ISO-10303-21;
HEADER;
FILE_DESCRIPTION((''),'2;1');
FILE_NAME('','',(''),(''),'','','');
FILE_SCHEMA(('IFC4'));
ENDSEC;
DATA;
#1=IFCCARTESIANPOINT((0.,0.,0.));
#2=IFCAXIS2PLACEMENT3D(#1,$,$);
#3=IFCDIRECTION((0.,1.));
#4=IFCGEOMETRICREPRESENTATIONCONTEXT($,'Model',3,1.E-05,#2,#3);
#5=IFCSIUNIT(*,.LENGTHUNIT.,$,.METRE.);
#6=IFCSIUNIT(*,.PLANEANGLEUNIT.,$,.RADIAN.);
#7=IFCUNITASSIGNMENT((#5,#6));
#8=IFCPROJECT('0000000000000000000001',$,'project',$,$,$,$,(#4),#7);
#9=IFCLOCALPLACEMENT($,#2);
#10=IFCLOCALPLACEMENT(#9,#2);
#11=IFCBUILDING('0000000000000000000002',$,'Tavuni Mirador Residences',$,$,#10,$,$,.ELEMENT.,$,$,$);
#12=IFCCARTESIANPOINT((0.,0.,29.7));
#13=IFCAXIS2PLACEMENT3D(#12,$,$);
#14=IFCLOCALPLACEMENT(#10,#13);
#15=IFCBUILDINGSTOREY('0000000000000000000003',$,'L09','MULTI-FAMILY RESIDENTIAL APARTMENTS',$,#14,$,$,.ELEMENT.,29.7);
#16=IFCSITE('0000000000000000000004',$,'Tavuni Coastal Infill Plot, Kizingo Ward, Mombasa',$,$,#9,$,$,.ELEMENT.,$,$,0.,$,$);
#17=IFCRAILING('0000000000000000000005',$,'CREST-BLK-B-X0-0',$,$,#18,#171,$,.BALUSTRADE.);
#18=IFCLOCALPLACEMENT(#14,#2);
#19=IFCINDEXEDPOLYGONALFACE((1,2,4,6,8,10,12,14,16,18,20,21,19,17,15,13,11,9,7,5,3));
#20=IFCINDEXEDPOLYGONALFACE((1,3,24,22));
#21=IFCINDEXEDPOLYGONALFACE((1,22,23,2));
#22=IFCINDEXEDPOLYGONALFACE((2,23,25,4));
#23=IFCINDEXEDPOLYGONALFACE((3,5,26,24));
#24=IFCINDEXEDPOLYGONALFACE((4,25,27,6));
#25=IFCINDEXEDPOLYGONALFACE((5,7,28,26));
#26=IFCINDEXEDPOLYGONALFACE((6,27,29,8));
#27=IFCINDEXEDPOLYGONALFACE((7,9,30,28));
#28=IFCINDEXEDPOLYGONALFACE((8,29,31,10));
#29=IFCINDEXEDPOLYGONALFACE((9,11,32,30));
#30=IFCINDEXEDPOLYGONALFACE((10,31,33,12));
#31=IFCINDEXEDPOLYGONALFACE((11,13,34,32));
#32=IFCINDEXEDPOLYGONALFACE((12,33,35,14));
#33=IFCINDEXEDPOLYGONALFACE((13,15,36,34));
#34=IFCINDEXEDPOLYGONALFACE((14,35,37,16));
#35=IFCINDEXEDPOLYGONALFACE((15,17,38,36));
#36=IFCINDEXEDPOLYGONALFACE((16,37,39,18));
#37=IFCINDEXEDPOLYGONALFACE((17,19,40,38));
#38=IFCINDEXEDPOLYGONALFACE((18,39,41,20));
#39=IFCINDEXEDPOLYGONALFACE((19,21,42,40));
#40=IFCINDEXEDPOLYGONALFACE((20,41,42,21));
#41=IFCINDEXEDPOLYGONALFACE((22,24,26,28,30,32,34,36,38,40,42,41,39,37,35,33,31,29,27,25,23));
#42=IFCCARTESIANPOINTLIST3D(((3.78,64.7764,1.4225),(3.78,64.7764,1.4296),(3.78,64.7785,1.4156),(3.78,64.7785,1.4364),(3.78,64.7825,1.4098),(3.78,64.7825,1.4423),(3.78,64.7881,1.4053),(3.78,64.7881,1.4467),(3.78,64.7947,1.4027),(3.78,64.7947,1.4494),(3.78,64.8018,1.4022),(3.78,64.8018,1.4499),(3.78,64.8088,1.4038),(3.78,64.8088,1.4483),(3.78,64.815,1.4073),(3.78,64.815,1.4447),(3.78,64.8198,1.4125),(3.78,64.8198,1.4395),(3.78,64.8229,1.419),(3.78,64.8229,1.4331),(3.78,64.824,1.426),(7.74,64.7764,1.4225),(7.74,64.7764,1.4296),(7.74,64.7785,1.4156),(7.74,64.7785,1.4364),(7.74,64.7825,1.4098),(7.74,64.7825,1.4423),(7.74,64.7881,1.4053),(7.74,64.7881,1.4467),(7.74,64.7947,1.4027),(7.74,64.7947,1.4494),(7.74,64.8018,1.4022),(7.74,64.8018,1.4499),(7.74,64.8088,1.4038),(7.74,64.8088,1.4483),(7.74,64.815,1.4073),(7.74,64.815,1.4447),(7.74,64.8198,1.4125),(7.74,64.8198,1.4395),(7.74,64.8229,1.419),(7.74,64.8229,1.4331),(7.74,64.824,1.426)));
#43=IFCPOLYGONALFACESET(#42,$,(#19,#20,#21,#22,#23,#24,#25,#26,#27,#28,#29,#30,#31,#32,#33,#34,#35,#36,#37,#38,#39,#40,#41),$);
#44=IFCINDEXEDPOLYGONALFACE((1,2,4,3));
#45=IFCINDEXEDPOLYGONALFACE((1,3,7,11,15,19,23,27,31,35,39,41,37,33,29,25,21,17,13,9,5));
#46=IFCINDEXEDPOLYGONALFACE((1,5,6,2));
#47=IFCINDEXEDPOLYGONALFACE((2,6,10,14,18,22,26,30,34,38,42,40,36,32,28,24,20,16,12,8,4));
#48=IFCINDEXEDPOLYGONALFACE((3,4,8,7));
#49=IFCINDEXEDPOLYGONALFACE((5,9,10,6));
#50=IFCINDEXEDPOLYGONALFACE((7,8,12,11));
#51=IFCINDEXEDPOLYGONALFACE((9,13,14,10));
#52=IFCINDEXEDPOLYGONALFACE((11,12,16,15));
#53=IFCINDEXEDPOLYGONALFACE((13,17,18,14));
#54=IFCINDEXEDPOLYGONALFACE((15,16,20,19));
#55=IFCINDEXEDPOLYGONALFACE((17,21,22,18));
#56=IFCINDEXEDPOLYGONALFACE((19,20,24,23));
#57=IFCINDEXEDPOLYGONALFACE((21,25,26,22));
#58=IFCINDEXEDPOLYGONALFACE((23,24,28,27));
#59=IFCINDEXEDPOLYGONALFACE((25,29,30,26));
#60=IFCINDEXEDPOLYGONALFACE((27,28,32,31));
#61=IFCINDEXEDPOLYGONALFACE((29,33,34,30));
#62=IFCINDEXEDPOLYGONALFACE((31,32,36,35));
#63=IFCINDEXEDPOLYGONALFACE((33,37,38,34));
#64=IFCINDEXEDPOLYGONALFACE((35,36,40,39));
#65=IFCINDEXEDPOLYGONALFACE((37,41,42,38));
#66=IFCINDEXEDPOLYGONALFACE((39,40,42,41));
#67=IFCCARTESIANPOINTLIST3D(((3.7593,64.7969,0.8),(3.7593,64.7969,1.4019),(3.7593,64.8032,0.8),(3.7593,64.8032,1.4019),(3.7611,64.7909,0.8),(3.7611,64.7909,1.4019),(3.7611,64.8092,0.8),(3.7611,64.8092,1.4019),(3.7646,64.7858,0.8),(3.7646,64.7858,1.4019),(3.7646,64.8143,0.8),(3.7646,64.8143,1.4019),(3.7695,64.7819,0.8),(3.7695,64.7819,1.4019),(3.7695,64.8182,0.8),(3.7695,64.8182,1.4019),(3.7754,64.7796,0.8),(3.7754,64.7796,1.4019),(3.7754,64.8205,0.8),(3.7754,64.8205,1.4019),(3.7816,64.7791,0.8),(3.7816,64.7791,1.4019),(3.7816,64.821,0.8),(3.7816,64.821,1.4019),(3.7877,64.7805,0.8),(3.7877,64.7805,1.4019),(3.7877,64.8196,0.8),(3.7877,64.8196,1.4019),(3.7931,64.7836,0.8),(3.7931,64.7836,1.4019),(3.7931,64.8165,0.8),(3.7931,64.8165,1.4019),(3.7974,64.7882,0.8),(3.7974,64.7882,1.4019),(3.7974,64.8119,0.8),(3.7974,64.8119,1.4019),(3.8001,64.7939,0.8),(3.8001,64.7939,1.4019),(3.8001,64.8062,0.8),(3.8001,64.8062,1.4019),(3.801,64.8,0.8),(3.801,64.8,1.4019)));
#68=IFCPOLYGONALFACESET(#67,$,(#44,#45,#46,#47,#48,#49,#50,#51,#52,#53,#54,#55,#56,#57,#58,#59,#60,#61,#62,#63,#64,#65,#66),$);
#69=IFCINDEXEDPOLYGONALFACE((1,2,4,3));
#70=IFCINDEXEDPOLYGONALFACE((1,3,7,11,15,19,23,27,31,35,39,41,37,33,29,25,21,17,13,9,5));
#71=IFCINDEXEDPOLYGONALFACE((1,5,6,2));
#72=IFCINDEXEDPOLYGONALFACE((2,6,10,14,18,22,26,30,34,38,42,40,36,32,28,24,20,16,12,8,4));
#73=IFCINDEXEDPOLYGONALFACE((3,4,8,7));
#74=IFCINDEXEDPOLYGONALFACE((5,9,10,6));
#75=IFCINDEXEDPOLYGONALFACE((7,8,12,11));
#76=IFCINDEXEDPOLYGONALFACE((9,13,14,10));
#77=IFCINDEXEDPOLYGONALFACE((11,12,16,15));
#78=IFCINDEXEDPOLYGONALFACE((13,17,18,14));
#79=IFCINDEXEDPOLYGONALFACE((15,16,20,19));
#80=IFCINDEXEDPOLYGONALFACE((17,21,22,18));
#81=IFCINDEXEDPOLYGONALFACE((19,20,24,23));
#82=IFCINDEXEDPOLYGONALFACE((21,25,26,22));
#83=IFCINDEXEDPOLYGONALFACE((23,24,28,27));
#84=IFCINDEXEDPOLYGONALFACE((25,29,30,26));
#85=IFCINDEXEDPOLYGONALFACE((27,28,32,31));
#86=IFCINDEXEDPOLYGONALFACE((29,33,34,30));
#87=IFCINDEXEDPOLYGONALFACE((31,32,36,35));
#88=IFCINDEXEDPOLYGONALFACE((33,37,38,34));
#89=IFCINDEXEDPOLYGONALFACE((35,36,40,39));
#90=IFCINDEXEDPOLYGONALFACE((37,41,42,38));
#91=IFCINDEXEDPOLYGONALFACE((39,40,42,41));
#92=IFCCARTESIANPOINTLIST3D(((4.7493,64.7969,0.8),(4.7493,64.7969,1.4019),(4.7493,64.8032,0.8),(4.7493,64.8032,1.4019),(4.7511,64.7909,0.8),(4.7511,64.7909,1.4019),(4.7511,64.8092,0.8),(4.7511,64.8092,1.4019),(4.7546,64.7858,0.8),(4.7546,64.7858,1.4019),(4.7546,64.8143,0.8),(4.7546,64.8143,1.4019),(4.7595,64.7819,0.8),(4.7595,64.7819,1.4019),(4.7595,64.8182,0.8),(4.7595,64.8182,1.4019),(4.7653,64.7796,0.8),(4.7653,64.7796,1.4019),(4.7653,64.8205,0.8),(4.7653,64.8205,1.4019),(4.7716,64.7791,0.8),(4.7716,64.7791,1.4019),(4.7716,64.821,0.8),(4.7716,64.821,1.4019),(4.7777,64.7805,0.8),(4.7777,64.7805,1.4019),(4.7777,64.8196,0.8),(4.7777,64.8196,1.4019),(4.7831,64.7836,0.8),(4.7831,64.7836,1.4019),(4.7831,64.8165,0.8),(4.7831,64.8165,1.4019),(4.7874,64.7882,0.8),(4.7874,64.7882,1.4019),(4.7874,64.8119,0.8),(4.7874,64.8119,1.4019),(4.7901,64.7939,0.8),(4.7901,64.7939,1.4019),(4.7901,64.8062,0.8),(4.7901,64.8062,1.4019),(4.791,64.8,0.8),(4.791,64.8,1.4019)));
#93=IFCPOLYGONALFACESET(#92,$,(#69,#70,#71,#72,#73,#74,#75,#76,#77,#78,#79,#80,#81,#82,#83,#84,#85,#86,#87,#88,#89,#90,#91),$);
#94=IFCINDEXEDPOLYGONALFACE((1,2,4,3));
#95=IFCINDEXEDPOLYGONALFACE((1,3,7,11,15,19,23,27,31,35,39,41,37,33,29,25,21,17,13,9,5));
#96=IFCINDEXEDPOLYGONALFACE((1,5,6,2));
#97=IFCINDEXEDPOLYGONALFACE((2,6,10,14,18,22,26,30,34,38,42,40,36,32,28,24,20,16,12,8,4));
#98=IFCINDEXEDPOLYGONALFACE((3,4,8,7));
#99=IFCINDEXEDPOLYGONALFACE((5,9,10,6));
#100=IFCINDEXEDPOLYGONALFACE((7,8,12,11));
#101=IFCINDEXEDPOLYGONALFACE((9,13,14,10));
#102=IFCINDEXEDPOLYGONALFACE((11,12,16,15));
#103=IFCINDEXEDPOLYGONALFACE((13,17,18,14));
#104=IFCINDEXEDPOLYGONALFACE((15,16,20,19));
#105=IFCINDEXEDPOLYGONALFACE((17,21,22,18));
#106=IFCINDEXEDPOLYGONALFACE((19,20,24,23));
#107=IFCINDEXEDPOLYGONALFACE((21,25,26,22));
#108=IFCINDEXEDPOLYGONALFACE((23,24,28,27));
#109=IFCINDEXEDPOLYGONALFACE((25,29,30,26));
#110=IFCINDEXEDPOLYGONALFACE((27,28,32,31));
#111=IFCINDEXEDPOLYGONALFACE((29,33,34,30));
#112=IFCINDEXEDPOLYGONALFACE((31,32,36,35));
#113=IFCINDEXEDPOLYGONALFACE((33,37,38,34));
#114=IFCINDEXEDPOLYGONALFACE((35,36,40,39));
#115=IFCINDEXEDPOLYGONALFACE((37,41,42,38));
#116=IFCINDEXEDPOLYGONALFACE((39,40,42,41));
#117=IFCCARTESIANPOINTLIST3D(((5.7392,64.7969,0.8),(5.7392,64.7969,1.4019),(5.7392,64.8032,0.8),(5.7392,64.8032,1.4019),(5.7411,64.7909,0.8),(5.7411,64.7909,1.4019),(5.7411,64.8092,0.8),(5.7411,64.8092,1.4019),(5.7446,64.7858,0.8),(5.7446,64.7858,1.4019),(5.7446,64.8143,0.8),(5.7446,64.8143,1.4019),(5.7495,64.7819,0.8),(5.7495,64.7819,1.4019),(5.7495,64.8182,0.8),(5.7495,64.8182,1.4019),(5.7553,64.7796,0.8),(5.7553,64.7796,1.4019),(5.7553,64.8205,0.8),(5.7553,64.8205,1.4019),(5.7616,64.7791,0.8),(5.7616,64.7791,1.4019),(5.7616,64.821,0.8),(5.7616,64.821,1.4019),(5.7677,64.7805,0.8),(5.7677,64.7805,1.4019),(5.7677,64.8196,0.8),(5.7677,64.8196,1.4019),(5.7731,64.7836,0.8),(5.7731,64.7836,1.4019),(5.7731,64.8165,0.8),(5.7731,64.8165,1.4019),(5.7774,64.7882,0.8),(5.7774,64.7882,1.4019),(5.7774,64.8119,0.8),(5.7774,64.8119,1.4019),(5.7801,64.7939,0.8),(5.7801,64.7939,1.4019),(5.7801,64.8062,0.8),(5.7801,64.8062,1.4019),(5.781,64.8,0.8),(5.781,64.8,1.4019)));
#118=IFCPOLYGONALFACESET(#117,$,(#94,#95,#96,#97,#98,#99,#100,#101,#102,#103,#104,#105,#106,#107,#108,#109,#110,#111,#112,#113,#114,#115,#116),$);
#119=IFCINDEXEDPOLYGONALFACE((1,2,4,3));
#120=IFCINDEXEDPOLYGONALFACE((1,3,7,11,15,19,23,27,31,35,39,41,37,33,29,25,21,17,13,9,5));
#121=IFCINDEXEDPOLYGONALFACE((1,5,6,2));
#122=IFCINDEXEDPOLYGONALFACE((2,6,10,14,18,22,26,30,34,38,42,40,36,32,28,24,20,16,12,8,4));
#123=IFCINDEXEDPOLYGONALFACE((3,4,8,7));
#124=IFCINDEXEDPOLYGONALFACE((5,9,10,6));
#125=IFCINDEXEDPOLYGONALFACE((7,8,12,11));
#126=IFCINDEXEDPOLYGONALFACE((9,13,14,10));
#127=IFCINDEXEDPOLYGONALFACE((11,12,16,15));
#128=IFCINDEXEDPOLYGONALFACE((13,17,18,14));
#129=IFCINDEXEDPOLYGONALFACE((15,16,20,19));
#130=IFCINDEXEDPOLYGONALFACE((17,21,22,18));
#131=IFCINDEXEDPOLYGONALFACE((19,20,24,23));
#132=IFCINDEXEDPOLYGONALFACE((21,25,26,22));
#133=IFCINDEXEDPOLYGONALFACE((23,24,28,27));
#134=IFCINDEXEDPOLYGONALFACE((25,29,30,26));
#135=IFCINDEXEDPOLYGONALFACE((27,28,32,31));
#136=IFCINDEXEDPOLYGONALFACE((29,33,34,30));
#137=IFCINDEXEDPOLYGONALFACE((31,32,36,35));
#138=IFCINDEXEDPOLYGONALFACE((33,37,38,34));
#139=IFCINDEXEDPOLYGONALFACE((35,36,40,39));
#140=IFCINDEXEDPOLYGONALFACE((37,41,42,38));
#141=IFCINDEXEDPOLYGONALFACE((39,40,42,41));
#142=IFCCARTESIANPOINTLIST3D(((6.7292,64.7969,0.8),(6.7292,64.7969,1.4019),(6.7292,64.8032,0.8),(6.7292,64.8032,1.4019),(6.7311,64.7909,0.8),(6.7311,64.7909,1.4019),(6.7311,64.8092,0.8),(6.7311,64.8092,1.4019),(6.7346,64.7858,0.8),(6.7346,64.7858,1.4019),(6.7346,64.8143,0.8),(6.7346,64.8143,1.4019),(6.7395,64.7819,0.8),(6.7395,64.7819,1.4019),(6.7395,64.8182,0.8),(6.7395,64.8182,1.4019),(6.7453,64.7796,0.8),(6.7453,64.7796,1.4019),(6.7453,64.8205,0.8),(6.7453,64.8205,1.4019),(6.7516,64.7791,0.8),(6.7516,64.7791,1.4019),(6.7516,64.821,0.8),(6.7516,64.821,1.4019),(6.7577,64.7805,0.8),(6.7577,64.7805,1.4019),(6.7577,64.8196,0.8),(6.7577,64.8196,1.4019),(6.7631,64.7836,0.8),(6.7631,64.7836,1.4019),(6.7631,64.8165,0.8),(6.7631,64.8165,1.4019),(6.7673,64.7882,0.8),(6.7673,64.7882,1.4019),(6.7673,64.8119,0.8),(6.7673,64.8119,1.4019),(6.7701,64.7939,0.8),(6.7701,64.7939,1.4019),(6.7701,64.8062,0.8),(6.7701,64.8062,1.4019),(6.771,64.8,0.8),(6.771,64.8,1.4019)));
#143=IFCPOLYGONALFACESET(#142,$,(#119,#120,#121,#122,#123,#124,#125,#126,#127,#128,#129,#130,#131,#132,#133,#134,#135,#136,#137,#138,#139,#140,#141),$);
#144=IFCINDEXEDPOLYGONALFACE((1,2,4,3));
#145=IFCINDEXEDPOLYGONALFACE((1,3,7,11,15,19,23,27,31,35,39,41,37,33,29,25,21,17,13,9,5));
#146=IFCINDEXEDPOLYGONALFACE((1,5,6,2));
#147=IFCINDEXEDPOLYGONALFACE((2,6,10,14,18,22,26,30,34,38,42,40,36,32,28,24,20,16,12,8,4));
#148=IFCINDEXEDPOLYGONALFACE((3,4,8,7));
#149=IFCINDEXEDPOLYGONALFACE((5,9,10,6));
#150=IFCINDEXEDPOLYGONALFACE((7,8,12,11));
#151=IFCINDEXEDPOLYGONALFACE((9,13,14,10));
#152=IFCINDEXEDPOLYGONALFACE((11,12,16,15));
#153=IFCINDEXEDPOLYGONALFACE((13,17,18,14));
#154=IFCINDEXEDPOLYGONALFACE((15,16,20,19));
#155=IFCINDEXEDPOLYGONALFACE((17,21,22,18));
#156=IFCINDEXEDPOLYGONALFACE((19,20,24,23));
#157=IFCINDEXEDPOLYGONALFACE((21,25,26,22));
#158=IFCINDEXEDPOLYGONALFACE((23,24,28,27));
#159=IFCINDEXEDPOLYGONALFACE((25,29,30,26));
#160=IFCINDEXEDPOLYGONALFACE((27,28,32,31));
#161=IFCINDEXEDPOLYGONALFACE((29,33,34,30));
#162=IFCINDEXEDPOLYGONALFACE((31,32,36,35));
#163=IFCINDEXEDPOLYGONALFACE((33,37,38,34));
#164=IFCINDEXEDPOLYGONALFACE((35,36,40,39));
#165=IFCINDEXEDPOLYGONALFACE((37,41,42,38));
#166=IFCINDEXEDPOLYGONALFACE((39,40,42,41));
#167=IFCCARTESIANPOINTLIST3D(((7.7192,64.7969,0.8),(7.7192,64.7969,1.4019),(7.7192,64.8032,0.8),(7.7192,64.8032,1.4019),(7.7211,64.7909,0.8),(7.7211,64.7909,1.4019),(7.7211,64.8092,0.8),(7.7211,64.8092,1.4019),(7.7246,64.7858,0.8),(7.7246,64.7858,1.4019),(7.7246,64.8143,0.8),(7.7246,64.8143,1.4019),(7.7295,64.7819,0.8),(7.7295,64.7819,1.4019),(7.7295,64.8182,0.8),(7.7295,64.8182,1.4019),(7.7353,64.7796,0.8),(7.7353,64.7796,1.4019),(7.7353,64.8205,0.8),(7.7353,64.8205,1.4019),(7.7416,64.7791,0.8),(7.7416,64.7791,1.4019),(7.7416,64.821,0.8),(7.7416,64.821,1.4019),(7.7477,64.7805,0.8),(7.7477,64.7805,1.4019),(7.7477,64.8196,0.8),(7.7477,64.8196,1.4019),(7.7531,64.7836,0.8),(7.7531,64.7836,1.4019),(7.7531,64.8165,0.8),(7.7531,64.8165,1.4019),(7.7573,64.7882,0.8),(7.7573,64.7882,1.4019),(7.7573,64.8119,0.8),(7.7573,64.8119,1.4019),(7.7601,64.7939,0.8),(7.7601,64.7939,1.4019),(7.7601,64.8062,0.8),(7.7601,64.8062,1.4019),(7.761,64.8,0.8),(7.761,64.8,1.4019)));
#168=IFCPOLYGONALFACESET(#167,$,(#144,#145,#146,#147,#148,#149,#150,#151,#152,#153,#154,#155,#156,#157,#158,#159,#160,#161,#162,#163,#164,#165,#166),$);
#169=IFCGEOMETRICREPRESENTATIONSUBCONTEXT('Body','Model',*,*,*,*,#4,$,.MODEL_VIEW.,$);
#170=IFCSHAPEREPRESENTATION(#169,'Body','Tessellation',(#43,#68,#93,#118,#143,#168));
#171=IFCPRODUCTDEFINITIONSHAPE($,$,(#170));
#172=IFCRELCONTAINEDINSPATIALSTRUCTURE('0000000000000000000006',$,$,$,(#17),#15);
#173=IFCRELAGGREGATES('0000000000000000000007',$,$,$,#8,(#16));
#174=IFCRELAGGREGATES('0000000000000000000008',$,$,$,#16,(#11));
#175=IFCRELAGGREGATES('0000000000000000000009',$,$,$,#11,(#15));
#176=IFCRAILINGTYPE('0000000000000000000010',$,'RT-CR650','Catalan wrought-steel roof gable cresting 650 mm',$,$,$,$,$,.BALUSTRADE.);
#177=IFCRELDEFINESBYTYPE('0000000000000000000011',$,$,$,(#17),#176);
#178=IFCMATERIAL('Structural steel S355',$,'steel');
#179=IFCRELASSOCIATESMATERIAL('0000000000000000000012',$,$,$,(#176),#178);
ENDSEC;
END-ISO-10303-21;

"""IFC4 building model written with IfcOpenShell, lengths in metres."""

from ifc_helpers import new_model, si_unit, direction, frame, origin, origin_2d, place, context, subcontext, project, spatial, circle, extrude, material, type_object, element, save


model = new_model("IFC4")

# Units and contexts
model_context = context("Model", 3, precision=1e-05, world=origin(), true_north=direction((0.0, 1.0)))
body_context = subcontext(model_context, "Body", "Model", "MODEL_VIEW")
ifc_project = project(units=[si_unit("LENGTHUNIT", "METRE"), si_unit("PLANEANGLEUNIT", "RADIAN")], contexts=[model_context])

# Site, building, storey
site_placement = place(None, origin())
site = spatial("IfcSite", under=ifc_project, at=site_placement, Name="Tavuni Coastal Infill Plot, Kizingo Ward, Mombasa", CompositionType="ELEMENT", RefElevation=0.0)
building_placement = place(site_placement, origin())
building = spatial("IfcBuilding", under=site, at=building_placement, Name="Tavuni Mirador Residences", CompositionType="ELEMENT")
storey_placement = place(building_placement, frame((0.0, 0.0, 29.7)))
storey = spatial("IfcBuildingStorey", under=building, at=storey_placement, Name="L09", Description="MULTI-FAMILY RESIDENTIAL APARTMENTS", CompositionType="ELEMENT", Elevation=29.7)

# Shared definitions
ifc_material_1 = material(Name="Structural steel S355", Category="steel")

# Railing
railing_type = type_object("IfcRailingType", Name="RT-CR650", Description="Catalan wrought-steel roof gable cresting 650 mm", PredefinedType="BALUSTRADE", material=ifc_material_1)
for number, where, name in (
    (1, (3.78, 64.8, 0.8), "CREST-BLK-B-X0-0"),
):
    element("IfcRailing", number, at=place(storey_placement, frame(where)), inside=storey, type_object=railing_type, Name=name, PredefinedType="BALUSTRADE", context=body_context, shape_type="SweptSolid", body=[
        extrude(circle(Radius=0.0239, at=origin_2d()), frame((0.0, 0.0, 0.626), z_axis=(1.0, 0.0, 0.0), x_axis=(0.0, 1.0, 0.0)), (0.0, 0.0, 1.0), 3.96),
        extrude(circle(Radius=0.021, at=origin_2d()), origin(), (0.0, 0.0, 1.0), 0.6018),
        extrude(circle(Radius=0.021, at=origin_2d()), frame((0.99, 0.0, 0.0)), (0.0, 0.0, 1.0), 0.6018),
        extrude(circle(Radius=0.021, at=origin_2d()), frame((1.98, 0.0, 0.0)), (0.0, 0.0, 1.0), 0.6018),
        extrude(circle(Radius=0.021, at=origin_2d()), frame((2.97, 0.0, 0.0)), (0.0, 0.0, 1.0), 0.6018),
        extrude(circle(Radius=0.021, at=origin_2d()), frame((3.96, 0.0, 0.0)), (0.0, 0.0, 1.0), 0.6018),
    ])

save(model, "model.ifc")
